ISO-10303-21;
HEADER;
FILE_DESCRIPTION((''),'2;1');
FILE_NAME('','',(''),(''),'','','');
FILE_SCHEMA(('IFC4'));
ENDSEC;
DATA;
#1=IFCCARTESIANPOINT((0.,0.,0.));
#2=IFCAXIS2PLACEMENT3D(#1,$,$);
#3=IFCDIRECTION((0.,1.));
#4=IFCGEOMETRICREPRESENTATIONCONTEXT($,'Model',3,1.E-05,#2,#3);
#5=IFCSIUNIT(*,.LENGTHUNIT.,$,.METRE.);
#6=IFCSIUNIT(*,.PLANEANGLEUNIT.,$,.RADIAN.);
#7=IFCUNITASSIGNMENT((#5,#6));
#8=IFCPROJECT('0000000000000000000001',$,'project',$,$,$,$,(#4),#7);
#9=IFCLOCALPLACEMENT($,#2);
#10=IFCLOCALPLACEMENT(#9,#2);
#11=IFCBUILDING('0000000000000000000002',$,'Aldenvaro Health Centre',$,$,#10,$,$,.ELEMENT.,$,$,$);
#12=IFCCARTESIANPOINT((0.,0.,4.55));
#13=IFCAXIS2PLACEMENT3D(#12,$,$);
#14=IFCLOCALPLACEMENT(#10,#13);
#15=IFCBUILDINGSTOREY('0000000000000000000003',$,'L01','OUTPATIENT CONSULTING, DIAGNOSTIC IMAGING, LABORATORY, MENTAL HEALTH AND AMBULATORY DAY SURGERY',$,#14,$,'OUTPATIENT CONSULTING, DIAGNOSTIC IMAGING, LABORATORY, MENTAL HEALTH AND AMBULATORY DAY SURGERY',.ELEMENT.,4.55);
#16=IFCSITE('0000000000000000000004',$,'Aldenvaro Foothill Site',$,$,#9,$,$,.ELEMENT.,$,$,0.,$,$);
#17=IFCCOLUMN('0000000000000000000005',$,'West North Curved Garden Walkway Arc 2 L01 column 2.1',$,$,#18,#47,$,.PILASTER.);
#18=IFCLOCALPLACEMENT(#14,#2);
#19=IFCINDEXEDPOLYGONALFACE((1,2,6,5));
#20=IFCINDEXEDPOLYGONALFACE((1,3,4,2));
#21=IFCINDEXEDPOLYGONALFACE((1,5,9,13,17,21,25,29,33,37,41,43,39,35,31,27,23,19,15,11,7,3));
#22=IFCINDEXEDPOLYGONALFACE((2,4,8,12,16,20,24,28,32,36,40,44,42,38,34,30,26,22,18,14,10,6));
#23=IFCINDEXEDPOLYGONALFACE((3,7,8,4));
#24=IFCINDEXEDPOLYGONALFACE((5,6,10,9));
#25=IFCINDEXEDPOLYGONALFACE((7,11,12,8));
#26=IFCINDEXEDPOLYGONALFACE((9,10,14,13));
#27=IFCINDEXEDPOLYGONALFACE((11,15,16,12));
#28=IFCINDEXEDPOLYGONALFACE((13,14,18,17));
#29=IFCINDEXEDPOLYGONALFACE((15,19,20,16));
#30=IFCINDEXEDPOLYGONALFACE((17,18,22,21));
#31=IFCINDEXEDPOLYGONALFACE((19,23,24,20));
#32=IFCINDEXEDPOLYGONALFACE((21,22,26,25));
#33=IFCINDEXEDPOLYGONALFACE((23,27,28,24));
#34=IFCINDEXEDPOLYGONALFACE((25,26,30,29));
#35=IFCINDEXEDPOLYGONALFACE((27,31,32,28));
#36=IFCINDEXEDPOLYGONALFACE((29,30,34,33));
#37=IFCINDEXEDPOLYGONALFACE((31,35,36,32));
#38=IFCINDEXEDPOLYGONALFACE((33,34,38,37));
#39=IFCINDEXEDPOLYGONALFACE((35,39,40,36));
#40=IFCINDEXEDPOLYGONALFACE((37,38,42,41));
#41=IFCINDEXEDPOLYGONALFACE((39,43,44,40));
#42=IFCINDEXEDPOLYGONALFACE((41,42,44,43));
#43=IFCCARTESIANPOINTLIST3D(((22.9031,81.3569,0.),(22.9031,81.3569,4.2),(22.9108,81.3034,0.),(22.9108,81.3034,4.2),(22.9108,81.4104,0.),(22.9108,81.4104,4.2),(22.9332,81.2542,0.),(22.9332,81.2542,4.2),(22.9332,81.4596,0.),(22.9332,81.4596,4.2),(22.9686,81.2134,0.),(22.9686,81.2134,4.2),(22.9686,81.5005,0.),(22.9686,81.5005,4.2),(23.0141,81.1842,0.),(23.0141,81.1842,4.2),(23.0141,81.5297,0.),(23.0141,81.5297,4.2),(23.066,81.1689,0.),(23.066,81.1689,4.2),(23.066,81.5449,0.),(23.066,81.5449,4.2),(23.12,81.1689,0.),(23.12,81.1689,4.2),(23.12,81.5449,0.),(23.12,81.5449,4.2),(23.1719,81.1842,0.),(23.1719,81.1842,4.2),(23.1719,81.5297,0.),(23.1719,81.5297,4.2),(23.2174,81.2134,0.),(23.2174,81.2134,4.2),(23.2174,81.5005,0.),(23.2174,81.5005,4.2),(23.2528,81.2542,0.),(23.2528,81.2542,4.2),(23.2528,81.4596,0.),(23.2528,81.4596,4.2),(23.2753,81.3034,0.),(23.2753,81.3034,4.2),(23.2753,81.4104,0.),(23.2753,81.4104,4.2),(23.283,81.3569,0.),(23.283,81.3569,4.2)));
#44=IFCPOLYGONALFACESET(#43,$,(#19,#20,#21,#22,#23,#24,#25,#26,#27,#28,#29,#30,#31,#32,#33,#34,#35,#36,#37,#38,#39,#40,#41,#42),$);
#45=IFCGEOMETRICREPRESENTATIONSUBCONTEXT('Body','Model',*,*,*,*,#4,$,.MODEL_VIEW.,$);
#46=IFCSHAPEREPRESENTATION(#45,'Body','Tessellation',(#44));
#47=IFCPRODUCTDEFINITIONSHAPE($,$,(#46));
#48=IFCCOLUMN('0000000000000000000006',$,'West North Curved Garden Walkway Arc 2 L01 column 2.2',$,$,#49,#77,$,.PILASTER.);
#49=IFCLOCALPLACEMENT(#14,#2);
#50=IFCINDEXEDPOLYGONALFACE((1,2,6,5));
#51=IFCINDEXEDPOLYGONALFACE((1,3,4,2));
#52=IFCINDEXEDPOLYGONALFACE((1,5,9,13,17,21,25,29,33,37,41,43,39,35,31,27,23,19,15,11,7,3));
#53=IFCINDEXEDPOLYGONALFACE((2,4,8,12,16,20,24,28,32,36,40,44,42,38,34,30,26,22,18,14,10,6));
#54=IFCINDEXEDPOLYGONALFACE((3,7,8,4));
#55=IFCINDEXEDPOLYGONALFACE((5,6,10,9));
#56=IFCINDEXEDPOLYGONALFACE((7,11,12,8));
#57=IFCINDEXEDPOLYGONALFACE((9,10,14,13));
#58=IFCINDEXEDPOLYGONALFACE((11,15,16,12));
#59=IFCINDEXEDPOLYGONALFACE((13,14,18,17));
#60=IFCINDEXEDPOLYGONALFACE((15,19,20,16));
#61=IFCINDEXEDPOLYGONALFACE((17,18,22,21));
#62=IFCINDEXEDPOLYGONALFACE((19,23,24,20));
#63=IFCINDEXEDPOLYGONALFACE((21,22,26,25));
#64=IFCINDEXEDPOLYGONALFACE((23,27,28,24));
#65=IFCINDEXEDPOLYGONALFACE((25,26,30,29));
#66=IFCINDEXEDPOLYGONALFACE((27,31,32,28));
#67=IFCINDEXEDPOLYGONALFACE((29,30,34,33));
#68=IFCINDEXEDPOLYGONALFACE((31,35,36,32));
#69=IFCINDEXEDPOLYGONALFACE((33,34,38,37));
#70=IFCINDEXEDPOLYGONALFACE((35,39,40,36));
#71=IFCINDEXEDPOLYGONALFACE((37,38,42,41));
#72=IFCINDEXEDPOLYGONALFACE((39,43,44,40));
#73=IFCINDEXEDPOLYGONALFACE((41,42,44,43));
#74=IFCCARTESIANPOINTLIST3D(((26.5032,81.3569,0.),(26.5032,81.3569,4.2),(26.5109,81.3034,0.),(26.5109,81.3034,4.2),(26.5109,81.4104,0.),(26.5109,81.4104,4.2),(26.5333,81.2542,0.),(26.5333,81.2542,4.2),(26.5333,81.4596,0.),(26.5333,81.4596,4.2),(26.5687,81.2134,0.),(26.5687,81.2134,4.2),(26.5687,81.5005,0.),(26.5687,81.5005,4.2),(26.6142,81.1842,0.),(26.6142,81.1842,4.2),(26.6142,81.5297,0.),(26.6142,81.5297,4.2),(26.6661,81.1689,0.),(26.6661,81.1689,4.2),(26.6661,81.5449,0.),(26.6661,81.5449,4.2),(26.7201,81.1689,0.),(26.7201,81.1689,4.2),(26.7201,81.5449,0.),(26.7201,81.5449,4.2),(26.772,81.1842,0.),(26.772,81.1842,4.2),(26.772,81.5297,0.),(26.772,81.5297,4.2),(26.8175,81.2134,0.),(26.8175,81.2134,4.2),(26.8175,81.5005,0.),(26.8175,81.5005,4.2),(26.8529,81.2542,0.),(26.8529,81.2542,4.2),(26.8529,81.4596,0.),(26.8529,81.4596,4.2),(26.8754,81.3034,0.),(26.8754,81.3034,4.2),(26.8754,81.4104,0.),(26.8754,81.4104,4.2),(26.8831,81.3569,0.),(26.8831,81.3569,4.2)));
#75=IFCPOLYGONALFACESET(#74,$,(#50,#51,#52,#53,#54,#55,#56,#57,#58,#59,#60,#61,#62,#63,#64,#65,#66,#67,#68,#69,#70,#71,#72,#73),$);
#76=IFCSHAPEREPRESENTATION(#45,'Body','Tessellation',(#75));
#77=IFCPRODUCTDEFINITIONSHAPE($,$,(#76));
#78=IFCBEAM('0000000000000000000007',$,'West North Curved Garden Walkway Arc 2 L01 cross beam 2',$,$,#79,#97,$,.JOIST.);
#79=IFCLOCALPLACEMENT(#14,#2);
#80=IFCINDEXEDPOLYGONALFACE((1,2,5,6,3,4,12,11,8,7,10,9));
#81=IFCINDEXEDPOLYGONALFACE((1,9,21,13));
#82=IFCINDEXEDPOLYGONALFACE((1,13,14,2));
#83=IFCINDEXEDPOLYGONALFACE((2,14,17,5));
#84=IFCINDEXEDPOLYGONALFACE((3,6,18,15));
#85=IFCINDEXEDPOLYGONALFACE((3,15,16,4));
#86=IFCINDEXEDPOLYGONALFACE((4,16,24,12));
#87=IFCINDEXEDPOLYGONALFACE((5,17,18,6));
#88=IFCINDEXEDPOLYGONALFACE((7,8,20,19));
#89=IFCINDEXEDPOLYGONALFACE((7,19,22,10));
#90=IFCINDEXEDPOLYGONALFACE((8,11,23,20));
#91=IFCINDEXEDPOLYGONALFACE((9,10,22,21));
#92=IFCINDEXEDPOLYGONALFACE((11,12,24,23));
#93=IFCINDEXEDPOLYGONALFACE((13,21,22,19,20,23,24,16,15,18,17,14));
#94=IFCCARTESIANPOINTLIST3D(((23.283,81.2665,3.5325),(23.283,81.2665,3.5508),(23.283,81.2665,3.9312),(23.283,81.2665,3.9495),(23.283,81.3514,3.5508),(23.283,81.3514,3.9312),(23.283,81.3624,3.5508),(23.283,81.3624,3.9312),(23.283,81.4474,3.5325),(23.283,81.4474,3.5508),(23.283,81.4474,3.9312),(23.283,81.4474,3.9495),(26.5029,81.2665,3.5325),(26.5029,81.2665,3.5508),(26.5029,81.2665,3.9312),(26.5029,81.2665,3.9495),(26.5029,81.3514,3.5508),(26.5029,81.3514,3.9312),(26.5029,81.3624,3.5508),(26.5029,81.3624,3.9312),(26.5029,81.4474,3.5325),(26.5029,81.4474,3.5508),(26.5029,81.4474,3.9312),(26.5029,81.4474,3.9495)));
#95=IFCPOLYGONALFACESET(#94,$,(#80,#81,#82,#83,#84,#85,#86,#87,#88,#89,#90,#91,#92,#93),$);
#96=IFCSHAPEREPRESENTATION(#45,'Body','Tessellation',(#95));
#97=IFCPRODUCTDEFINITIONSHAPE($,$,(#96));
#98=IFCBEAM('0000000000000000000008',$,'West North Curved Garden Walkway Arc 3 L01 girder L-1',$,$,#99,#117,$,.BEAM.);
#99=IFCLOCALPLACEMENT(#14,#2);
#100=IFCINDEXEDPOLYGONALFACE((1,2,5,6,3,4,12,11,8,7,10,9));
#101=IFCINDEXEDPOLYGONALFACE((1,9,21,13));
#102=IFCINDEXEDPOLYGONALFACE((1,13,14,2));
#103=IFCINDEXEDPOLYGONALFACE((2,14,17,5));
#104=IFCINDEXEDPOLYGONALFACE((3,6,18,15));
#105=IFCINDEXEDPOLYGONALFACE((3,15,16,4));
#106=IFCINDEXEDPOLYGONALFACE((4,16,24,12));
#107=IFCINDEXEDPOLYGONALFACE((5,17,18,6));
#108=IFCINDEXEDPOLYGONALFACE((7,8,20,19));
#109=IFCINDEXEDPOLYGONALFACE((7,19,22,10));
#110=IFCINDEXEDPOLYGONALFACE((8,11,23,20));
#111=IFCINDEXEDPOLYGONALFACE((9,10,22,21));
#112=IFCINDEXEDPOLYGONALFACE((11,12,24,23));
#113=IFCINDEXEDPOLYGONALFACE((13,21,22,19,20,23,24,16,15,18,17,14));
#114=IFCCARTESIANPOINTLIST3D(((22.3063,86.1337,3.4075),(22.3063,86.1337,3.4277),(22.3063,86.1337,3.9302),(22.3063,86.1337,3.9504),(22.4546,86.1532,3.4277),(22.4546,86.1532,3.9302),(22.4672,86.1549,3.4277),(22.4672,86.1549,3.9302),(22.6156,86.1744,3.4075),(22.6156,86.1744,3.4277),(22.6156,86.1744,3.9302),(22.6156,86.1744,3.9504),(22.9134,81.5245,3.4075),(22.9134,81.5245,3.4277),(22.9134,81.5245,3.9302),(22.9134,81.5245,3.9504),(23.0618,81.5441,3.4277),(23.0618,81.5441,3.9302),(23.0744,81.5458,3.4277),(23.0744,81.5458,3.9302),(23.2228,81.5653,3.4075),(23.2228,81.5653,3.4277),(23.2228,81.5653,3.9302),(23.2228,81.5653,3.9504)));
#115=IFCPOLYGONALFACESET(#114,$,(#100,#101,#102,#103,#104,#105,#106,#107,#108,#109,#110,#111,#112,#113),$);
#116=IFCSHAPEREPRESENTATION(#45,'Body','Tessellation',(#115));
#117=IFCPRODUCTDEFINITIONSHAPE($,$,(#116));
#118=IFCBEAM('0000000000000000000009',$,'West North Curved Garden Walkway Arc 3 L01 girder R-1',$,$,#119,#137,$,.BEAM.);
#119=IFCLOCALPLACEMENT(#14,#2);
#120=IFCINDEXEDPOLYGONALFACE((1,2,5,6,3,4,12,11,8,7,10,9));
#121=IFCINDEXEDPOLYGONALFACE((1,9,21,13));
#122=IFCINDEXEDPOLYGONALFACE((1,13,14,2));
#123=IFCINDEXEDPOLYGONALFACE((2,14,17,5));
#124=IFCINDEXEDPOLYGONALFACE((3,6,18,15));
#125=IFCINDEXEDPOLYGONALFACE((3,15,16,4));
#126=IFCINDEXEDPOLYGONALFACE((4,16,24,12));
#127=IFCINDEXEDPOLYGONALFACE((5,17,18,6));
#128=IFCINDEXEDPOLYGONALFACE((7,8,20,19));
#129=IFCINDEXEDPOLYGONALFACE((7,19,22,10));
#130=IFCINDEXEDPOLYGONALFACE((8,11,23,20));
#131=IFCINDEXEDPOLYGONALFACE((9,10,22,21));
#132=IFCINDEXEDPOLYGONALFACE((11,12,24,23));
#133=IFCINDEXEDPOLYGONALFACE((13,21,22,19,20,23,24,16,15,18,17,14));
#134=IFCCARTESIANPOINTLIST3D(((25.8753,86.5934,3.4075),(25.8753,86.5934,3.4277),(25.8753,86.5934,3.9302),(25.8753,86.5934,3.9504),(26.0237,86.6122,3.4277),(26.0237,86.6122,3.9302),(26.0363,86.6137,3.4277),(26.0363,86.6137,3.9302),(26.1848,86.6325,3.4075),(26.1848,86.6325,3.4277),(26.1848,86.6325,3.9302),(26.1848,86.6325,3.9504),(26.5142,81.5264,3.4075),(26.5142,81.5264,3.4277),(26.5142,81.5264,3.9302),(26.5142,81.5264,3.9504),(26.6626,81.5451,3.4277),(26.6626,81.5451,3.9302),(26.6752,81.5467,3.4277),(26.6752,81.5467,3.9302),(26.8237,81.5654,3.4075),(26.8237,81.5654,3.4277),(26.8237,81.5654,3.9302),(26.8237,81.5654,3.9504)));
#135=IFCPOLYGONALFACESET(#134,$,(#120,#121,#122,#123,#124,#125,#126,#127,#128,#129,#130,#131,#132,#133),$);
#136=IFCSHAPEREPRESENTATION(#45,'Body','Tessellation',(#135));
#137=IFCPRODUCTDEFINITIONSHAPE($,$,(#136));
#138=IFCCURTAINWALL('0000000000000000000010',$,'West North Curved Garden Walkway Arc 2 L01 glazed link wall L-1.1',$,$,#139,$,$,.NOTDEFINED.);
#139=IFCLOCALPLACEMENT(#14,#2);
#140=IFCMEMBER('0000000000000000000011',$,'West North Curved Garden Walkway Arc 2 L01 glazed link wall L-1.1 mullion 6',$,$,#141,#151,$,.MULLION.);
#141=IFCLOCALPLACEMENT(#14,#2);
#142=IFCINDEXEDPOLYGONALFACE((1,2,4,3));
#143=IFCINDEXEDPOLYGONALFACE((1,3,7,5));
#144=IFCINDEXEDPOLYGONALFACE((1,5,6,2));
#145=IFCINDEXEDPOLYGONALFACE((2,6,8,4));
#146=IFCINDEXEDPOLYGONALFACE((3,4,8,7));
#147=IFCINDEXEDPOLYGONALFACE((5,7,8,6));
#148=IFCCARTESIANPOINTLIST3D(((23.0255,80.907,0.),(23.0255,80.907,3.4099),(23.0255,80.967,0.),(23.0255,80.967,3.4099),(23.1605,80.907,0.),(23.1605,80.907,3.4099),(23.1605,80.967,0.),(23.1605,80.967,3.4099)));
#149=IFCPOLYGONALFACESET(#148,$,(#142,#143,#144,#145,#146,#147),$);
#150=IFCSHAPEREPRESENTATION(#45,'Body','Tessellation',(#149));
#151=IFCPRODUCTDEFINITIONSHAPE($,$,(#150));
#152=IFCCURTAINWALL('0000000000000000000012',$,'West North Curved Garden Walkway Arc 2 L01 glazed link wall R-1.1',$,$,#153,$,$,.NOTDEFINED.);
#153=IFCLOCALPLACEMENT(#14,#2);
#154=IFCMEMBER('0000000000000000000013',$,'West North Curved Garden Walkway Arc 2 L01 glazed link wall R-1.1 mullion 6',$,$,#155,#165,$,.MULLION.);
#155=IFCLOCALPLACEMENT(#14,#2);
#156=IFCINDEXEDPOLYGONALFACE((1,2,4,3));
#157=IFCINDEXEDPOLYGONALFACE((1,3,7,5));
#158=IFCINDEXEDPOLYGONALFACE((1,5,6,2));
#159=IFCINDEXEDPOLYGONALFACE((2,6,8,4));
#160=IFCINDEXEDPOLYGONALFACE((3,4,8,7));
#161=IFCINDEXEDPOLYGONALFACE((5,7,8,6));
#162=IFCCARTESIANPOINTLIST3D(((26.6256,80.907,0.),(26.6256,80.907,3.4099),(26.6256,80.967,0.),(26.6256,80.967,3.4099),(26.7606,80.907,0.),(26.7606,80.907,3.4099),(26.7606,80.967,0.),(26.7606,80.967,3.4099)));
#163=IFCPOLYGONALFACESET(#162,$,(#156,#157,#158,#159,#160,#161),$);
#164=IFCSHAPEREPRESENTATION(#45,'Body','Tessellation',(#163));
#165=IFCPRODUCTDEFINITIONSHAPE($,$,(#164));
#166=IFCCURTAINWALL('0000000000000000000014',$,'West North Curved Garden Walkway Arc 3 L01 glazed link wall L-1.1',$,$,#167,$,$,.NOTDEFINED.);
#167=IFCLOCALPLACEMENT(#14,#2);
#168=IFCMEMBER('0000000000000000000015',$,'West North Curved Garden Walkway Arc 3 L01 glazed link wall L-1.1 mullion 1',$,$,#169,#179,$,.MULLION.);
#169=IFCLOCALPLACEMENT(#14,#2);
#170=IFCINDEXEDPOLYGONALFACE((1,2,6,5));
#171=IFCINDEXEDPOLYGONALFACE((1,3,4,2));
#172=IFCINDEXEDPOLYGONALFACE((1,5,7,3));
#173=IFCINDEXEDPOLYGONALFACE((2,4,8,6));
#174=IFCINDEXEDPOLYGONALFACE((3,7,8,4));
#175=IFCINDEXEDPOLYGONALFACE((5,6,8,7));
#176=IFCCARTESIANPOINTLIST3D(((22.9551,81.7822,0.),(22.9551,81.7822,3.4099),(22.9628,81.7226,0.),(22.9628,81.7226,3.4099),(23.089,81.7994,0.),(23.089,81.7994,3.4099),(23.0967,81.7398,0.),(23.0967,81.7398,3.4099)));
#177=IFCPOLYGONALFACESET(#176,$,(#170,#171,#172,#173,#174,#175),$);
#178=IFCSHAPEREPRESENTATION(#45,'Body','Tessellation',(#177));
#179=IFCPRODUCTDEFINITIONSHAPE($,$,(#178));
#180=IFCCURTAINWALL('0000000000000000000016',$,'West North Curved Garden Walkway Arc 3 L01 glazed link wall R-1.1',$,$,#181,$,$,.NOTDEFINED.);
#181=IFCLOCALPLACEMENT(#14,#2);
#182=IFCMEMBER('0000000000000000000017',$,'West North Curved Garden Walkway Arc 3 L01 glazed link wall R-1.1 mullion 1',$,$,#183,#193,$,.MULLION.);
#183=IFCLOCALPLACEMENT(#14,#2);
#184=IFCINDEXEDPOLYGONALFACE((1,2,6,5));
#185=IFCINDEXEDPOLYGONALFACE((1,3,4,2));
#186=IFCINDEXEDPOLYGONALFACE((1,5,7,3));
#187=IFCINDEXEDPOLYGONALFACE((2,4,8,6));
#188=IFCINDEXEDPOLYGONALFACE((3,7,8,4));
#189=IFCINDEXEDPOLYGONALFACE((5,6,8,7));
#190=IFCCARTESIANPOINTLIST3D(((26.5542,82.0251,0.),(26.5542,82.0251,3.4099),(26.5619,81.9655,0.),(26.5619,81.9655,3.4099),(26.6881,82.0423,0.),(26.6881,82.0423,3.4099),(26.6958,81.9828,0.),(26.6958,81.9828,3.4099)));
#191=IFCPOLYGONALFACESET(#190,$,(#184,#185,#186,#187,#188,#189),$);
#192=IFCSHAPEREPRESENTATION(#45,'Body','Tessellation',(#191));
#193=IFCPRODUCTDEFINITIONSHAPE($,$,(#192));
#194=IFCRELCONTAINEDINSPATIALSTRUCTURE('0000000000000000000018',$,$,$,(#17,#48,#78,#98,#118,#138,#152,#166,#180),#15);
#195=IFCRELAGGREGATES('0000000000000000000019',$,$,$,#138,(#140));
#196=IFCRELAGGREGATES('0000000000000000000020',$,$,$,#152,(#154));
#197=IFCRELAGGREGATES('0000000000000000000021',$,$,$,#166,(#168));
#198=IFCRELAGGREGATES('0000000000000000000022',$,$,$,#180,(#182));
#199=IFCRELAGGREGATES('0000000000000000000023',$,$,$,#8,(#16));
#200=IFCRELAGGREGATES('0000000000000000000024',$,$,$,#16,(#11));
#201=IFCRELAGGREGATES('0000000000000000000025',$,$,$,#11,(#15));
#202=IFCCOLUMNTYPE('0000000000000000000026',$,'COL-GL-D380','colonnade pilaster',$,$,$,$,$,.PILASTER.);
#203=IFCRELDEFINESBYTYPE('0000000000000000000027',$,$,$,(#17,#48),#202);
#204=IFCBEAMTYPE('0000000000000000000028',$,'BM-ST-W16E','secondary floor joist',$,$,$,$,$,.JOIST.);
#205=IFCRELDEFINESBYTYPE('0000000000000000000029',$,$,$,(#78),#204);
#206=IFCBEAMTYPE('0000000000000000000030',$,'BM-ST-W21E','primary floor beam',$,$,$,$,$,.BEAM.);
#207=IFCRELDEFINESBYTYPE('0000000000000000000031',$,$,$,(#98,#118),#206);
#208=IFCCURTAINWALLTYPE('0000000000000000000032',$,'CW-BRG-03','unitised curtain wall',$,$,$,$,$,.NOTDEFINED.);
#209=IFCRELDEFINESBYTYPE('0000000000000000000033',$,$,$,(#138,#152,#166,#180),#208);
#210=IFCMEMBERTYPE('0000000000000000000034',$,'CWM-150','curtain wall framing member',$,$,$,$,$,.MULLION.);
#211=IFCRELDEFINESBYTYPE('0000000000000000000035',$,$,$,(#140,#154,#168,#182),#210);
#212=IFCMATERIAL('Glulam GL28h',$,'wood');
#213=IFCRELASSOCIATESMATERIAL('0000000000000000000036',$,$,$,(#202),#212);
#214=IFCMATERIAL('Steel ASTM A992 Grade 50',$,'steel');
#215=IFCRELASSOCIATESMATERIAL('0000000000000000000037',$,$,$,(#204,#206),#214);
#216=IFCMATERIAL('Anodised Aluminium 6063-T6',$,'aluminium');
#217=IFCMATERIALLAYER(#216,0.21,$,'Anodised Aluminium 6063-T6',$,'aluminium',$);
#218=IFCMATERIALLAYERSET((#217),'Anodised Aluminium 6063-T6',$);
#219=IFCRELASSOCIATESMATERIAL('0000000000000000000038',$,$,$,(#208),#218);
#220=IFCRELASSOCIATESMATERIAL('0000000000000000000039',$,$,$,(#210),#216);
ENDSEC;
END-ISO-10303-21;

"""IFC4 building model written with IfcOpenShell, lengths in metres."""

from ifc_helpers import new_model, si_unit, direction, frame, origin, origin_2d, place, context, subcontext, project, spatial, rectangle, circle, i_section, extrude, material, layer, layer_set, material_profile, profile_set, type_object, element, aggregate, save


model = new_model("IFC4")

# Units and contexts
model_context = context("Model", 3, precision=1e-05, world=origin(), true_north=direction((0.0, 1.0)))
body_context = subcontext(model_context, "Body", "Model", "MODEL_VIEW")
ifc_project = project(units=[si_unit("LENGTHUNIT", "METRE"), si_unit("PLANEANGLEUNIT", "RADIAN")], contexts=[model_context])

# Site, building, storey
site_placement = place(None, origin())
site = spatial("IfcSite", under=ifc_project, at=site_placement, Name="Aldenvaro Foothill Site", CompositionType="ELEMENT", RefElevation=0.0)
building_placement = place(site_placement, origin())
building = spatial("IfcBuilding", under=site, at=building_placement, Name="Aldenvaro Health Centre", CompositionType="ELEMENT")
storey_placement = place(building_placement, frame((0.0, 0.0, 4.55)))
storey = spatial("IfcBuildingStorey", under=building, at=storey_placement, Name="L01", Description="OUTPATIENT CONSULTING, DIAGNOSTIC IMAGING, LABORATORY, MENTAL HEALTH AND AMBULATORY DAY SURGERY", LongName="OUTPATIENT CONSULTING, DIAGNOSTIC IMAGING, LABORATORY, MENTAL HEALTH AND AMBULATORY DAY SURGERY", CompositionType="ELEMENT", Elevation=4.55)

# Columns
ifc_material_1 = material(Name="Glulam GL28h", Category="wood")
ifc_material_profile_1 = material_profile(ifc_material_1, circle(Radius=0.1899, at=origin_2d()), Name="GL D380", Category="wood")
ifc_profile_set_1 = profile_set([ifc_material_profile_1], Name="Glulam GL28h")
column_type = type_object("IfcColumnType", Name="COL-GL-D380", Description="colonnade pilaster", PredefinedType="PILASTER", material=ifc_profile_set_1)
for number, where, z_axis, x_axis, name in (
    (1, (23.093, 81.3569, 0.0), (0.0, 0.0, 1.0), (1.0, 0.0, 0.0), "West North Curved Garden Walkway Arc 2 L01 column 2.1"),
    (2, (26.6931, 81.3569, 0.0), (0.0, 0.0, 1.0), (1.0, 0.0, 0.0), "West North Curved Garden Walkway Arc 2 L01 column 2.2"),
):
    element("IfcColumn", number, at=place(storey_placement, frame(where, z_axis=z_axis, x_axis=x_axis)), inside=storey, type_object=column_type, Name=name, PredefinedType="PILASTER", context=body_context, shape_type="SweptSolid", body=[
        extrude(circle(Radius=0.1899, at=origin_2d()), origin(), (0.0, 0.0, 1.0), 4.2),
    ])

# Beams
ifc_material_2 = material(Name="Steel ASTM A992 Grade 50", Category="steel")
ifc_material_profile_2 = material_profile(ifc_material_2, i_section(OverallWidth=0.1809, OverallDepth=0.417, WebThickness=0.011, FlangeThickness=0.0183, at=origin_2d()), Name="W16X57", Category="steel")
ifc_profile_set_2 = profile_set([ifc_material_profile_2], Name="Steel ASTM A992 Grade 50")
beam_type_1 = type_object("IfcBeamType", Name="BM-ST-W16E", Description="secondary floor joist", PredefinedType="JOIST", material=ifc_profile_set_2)
beam_1_placement = place(storey_placement, frame((23.283, 81.3569, 3.741), z_axis=(1.0, 0.0, 0.0), x_axis=(0.0, 1.0, 0.0)))
element("IfcBeam", 3, at=beam_1_placement, inside=storey, type_object=beam_type_1, Name="West North Curved Garden Walkway Arc 2 L01 cross beam 2", PredefinedType="JOIST", context=body_context, shape_type="SweptSolid", body=[
    extrude(i_section(OverallWidth=0.1809, OverallDepth=0.417, WebThickness=0.011, FlangeThickness=0.0183, at=origin_2d()), origin(), (0.0, 0.0, 1.0), 3.22),
])
ifc_material_profile_3 = material_profile(ifc_material_2, i_section(OverallWidth=0.312, OverallDepth=0.543, WebThickness=0.0127, FlangeThickness=0.0203, at=origin_2d()), Name="W21X101", Category="steel")
ifc_profile_set_3 = profile_set([ifc_material_profile_3], Name="Steel ASTM A992 Grade 50")
beam_type_2 = type_object("IfcBeamType", Name="BM-ST-W21E", Description="primary floor beam", PredefinedType="BEAM", material=ifc_profile_set_3)
beam_2_placement = place(storey_placement, frame((23.0681, 81.5449, 3.679), z_axis=(-0.130605, 0.991434, 0.0), x_axis=(-0.991434, -0.130605, 0.0)))
element("IfcBeam", 4, at=beam_2_placement, inside=storey, type_object=beam_type_2, Name="West North Curved Garden Walkway Arc 3 L01 girder L-1", PredefinedType="BEAM", context=body_context, shape_type="SweptSolid", body=[
    extrude(i_section(OverallWidth=0.312, OverallDepth=0.543, WebThickness=0.0127, FlangeThickness=0.0203, at=origin_2d()), origin(), (0.0, 0.0, 1.0), 4.6489),
])
beam_3_placement = place(storey_placement, frame((26.6689, 81.5459, 3.679), z_axis=(-0.1251, 0.992144, 0.0), x_axis=(-0.992144, -0.1251, 0.0)))
element("IfcBeam", 5, at=beam_3_placement, inside=storey, type_object=beam_type_2, Name="West North Curved Garden Walkway Arc 3 L01 girder R-1", PredefinedType="BEAM", context=body_context, shape_type="SweptSolid", body=[
    extrude(i_section(OverallWidth=0.312, OverallDepth=0.543, WebThickness=0.0127, FlangeThickness=0.0203, at=origin_2d()), origin(), (0.0, 0.0, 1.0), 5.1072),
])

# Curtain walls, members
ifc_material_3 = material(Name="Anodised Aluminium 6063-T6", Category="aluminium")
ifc_layer_1 = layer(ifc_material_3, 0.21, Name="Anodised Aluminium 6063-T6", Category="aluminium")
ifc_layer_set_1 = layer_set([ifc_layer_1], Name="Anodised Aluminium 6063-T6")
curtain_wall_type = type_object("IfcCurtainWallType", Name="CW-BRG-03", Description="unitised curtain wall", PredefinedType="NOTDEFINED", material=ifc_layer_set_1)
curtain_wall_1_placement = place(storey_placement, origin())
curtain_wall_1 = element("IfcCurtainWall", 6, at=curtain_wall_1_placement, inside=storey, type_object=curtain_wall_type, Name="West North Curved Garden Walkway Arc 2 L01 glazed link wall L-1.1", PredefinedType="NOTDEFINED")
ifc_material_profile_4 = material_profile(ifc_material_3, rectangle(XDim=0.0601, YDim=0.135, at=origin_2d()), Name="ALU 60x135", Category="aluminium")
ifc_profile_set_4 = profile_set([ifc_material_profile_4], Name="Anodised Aluminium 6063-T6")
member_type_1 = type_object("IfcMemberType", Name="CWM-150", Description="curtain wall framing member", PredefinedType="MULLION", material=ifc_profile_set_4)
member_1_placement = place(storey_placement, frame((23.093, 80.937, 0.0), z_axis=(0.0, 0.0, 1.0), x_axis=(0.0, 1.0, 0.0)))
member_1 = element("IfcMember", 7, at=member_1_placement, type_object=member_type_1, Name="West North Curved Garden Walkway Arc 2 L01 glazed link wall L-1.1 mullion 6", PredefinedType="MULLION", context=body_context, shape_type="SweptSolid", body=[
    extrude(rectangle(XDim=0.0601, YDim=0.135, at=origin_2d()), origin(), (0.0, 0.0, 1.0), 3.4099),
])
aggregate(curtain_wall_1, [member_1])
curtain_wall_2_placement = place(storey_placement, origin())
curtain_wall_2 = element("IfcCurtainWall", 8, at=curtain_wall_2_placement, inside=storey, type_object=curtain_wall_type, Name="West North Curved Garden Walkway Arc 2 L01 glazed link wall R-1.1", PredefinedType="NOTDEFINED")
member_2_placement = place(storey_placement, frame((26.6931, 80.937, 0.0), z_axis=(0.0, 0.0, 1.0), x_axis=(0.0, 1.0, 0.0)))
member_2 = element("IfcMember", 9, at=member_2_placement, type_object=member_type_1, Name="West North Curved Garden Walkway Arc 2 L01 glazed link wall R-1.1 mullion 6", PredefinedType="MULLION", context=body_context, shape_type="SweptSolid", body=[
    extrude(rectangle(XDim=0.0601, YDim=0.135, at=origin_2d()), origin(), (0.0, 0.0, 1.0), 3.4099),
])
aggregate(curtain_wall_2, [member_2])
curtain_wall_3_placement = place(storey_placement, origin())
curtain_wall_3 = element("IfcCurtainWall", 10, at=curtain_wall_3_placement, inside=storey, type_object=curtain_wall_type, Name="West North Curved Garden Walkway Arc 3 L01 glazed link wall L-1.1", PredefinedType="NOTDEFINED")
member_3_placement = place(storey_placement, frame((23.0259, 81.761, 0.0), z_axis=(0.0, 0.0, 1.0), x_axis=(-0.127669, 0.991817, 0.0)))
member_3 = element("IfcMember", 11, at=member_3_placement, type_object=member_type_1, Name="West North Curved Garden Walkway Arc 3 L01 glazed link wall L-1.1 mullion 1", PredefinedType="MULLION", context=body_context, shape_type="SweptSolid", body=[
    extrude(rectangle(XDim=0.0601, YDim=0.135, at=origin_2d()), origin(), (0.0, 0.0, 1.0), 3.4099),
])
curtain_wall_4_placement = place(storey_placement, origin())
curtain_wall_4 = element("IfcCurtainWall", 12, at=curtain_wall_4_placement, inside=storey, type_object=curtain_wall_type, Name="West North Curved Garden Walkway Arc 3 L01 glazed link wall R-1.1", PredefinedType="NOTDEFINED")
member_4_placement = place(storey_placement, frame((26.625, 82.0039, 0.0), z_axis=(0.0, 0.0, 1.0), x_axis=(-0.127907, 0.991786, 0.0)))
member_4 = element("IfcMember", 13, at=member_4_placement, type_object=member_type_1, Name="West North Curved Garden Walkway Arc 3 L01 glazed link wall R-1.1 mullion 1", PredefinedType="MULLION", context=body_context, shape_type="SweptSolid", body=[
    extrude(rectangle(XDim=0.0601, YDim=0.135, at=origin_2d()), origin(), (0.0, 0.0, 1.0), 3.4099),
])

aggregate(curtain_wall_3, [member_3])
aggregate(curtain_wall_4, [member_4])

save(model, "model.ifc")
